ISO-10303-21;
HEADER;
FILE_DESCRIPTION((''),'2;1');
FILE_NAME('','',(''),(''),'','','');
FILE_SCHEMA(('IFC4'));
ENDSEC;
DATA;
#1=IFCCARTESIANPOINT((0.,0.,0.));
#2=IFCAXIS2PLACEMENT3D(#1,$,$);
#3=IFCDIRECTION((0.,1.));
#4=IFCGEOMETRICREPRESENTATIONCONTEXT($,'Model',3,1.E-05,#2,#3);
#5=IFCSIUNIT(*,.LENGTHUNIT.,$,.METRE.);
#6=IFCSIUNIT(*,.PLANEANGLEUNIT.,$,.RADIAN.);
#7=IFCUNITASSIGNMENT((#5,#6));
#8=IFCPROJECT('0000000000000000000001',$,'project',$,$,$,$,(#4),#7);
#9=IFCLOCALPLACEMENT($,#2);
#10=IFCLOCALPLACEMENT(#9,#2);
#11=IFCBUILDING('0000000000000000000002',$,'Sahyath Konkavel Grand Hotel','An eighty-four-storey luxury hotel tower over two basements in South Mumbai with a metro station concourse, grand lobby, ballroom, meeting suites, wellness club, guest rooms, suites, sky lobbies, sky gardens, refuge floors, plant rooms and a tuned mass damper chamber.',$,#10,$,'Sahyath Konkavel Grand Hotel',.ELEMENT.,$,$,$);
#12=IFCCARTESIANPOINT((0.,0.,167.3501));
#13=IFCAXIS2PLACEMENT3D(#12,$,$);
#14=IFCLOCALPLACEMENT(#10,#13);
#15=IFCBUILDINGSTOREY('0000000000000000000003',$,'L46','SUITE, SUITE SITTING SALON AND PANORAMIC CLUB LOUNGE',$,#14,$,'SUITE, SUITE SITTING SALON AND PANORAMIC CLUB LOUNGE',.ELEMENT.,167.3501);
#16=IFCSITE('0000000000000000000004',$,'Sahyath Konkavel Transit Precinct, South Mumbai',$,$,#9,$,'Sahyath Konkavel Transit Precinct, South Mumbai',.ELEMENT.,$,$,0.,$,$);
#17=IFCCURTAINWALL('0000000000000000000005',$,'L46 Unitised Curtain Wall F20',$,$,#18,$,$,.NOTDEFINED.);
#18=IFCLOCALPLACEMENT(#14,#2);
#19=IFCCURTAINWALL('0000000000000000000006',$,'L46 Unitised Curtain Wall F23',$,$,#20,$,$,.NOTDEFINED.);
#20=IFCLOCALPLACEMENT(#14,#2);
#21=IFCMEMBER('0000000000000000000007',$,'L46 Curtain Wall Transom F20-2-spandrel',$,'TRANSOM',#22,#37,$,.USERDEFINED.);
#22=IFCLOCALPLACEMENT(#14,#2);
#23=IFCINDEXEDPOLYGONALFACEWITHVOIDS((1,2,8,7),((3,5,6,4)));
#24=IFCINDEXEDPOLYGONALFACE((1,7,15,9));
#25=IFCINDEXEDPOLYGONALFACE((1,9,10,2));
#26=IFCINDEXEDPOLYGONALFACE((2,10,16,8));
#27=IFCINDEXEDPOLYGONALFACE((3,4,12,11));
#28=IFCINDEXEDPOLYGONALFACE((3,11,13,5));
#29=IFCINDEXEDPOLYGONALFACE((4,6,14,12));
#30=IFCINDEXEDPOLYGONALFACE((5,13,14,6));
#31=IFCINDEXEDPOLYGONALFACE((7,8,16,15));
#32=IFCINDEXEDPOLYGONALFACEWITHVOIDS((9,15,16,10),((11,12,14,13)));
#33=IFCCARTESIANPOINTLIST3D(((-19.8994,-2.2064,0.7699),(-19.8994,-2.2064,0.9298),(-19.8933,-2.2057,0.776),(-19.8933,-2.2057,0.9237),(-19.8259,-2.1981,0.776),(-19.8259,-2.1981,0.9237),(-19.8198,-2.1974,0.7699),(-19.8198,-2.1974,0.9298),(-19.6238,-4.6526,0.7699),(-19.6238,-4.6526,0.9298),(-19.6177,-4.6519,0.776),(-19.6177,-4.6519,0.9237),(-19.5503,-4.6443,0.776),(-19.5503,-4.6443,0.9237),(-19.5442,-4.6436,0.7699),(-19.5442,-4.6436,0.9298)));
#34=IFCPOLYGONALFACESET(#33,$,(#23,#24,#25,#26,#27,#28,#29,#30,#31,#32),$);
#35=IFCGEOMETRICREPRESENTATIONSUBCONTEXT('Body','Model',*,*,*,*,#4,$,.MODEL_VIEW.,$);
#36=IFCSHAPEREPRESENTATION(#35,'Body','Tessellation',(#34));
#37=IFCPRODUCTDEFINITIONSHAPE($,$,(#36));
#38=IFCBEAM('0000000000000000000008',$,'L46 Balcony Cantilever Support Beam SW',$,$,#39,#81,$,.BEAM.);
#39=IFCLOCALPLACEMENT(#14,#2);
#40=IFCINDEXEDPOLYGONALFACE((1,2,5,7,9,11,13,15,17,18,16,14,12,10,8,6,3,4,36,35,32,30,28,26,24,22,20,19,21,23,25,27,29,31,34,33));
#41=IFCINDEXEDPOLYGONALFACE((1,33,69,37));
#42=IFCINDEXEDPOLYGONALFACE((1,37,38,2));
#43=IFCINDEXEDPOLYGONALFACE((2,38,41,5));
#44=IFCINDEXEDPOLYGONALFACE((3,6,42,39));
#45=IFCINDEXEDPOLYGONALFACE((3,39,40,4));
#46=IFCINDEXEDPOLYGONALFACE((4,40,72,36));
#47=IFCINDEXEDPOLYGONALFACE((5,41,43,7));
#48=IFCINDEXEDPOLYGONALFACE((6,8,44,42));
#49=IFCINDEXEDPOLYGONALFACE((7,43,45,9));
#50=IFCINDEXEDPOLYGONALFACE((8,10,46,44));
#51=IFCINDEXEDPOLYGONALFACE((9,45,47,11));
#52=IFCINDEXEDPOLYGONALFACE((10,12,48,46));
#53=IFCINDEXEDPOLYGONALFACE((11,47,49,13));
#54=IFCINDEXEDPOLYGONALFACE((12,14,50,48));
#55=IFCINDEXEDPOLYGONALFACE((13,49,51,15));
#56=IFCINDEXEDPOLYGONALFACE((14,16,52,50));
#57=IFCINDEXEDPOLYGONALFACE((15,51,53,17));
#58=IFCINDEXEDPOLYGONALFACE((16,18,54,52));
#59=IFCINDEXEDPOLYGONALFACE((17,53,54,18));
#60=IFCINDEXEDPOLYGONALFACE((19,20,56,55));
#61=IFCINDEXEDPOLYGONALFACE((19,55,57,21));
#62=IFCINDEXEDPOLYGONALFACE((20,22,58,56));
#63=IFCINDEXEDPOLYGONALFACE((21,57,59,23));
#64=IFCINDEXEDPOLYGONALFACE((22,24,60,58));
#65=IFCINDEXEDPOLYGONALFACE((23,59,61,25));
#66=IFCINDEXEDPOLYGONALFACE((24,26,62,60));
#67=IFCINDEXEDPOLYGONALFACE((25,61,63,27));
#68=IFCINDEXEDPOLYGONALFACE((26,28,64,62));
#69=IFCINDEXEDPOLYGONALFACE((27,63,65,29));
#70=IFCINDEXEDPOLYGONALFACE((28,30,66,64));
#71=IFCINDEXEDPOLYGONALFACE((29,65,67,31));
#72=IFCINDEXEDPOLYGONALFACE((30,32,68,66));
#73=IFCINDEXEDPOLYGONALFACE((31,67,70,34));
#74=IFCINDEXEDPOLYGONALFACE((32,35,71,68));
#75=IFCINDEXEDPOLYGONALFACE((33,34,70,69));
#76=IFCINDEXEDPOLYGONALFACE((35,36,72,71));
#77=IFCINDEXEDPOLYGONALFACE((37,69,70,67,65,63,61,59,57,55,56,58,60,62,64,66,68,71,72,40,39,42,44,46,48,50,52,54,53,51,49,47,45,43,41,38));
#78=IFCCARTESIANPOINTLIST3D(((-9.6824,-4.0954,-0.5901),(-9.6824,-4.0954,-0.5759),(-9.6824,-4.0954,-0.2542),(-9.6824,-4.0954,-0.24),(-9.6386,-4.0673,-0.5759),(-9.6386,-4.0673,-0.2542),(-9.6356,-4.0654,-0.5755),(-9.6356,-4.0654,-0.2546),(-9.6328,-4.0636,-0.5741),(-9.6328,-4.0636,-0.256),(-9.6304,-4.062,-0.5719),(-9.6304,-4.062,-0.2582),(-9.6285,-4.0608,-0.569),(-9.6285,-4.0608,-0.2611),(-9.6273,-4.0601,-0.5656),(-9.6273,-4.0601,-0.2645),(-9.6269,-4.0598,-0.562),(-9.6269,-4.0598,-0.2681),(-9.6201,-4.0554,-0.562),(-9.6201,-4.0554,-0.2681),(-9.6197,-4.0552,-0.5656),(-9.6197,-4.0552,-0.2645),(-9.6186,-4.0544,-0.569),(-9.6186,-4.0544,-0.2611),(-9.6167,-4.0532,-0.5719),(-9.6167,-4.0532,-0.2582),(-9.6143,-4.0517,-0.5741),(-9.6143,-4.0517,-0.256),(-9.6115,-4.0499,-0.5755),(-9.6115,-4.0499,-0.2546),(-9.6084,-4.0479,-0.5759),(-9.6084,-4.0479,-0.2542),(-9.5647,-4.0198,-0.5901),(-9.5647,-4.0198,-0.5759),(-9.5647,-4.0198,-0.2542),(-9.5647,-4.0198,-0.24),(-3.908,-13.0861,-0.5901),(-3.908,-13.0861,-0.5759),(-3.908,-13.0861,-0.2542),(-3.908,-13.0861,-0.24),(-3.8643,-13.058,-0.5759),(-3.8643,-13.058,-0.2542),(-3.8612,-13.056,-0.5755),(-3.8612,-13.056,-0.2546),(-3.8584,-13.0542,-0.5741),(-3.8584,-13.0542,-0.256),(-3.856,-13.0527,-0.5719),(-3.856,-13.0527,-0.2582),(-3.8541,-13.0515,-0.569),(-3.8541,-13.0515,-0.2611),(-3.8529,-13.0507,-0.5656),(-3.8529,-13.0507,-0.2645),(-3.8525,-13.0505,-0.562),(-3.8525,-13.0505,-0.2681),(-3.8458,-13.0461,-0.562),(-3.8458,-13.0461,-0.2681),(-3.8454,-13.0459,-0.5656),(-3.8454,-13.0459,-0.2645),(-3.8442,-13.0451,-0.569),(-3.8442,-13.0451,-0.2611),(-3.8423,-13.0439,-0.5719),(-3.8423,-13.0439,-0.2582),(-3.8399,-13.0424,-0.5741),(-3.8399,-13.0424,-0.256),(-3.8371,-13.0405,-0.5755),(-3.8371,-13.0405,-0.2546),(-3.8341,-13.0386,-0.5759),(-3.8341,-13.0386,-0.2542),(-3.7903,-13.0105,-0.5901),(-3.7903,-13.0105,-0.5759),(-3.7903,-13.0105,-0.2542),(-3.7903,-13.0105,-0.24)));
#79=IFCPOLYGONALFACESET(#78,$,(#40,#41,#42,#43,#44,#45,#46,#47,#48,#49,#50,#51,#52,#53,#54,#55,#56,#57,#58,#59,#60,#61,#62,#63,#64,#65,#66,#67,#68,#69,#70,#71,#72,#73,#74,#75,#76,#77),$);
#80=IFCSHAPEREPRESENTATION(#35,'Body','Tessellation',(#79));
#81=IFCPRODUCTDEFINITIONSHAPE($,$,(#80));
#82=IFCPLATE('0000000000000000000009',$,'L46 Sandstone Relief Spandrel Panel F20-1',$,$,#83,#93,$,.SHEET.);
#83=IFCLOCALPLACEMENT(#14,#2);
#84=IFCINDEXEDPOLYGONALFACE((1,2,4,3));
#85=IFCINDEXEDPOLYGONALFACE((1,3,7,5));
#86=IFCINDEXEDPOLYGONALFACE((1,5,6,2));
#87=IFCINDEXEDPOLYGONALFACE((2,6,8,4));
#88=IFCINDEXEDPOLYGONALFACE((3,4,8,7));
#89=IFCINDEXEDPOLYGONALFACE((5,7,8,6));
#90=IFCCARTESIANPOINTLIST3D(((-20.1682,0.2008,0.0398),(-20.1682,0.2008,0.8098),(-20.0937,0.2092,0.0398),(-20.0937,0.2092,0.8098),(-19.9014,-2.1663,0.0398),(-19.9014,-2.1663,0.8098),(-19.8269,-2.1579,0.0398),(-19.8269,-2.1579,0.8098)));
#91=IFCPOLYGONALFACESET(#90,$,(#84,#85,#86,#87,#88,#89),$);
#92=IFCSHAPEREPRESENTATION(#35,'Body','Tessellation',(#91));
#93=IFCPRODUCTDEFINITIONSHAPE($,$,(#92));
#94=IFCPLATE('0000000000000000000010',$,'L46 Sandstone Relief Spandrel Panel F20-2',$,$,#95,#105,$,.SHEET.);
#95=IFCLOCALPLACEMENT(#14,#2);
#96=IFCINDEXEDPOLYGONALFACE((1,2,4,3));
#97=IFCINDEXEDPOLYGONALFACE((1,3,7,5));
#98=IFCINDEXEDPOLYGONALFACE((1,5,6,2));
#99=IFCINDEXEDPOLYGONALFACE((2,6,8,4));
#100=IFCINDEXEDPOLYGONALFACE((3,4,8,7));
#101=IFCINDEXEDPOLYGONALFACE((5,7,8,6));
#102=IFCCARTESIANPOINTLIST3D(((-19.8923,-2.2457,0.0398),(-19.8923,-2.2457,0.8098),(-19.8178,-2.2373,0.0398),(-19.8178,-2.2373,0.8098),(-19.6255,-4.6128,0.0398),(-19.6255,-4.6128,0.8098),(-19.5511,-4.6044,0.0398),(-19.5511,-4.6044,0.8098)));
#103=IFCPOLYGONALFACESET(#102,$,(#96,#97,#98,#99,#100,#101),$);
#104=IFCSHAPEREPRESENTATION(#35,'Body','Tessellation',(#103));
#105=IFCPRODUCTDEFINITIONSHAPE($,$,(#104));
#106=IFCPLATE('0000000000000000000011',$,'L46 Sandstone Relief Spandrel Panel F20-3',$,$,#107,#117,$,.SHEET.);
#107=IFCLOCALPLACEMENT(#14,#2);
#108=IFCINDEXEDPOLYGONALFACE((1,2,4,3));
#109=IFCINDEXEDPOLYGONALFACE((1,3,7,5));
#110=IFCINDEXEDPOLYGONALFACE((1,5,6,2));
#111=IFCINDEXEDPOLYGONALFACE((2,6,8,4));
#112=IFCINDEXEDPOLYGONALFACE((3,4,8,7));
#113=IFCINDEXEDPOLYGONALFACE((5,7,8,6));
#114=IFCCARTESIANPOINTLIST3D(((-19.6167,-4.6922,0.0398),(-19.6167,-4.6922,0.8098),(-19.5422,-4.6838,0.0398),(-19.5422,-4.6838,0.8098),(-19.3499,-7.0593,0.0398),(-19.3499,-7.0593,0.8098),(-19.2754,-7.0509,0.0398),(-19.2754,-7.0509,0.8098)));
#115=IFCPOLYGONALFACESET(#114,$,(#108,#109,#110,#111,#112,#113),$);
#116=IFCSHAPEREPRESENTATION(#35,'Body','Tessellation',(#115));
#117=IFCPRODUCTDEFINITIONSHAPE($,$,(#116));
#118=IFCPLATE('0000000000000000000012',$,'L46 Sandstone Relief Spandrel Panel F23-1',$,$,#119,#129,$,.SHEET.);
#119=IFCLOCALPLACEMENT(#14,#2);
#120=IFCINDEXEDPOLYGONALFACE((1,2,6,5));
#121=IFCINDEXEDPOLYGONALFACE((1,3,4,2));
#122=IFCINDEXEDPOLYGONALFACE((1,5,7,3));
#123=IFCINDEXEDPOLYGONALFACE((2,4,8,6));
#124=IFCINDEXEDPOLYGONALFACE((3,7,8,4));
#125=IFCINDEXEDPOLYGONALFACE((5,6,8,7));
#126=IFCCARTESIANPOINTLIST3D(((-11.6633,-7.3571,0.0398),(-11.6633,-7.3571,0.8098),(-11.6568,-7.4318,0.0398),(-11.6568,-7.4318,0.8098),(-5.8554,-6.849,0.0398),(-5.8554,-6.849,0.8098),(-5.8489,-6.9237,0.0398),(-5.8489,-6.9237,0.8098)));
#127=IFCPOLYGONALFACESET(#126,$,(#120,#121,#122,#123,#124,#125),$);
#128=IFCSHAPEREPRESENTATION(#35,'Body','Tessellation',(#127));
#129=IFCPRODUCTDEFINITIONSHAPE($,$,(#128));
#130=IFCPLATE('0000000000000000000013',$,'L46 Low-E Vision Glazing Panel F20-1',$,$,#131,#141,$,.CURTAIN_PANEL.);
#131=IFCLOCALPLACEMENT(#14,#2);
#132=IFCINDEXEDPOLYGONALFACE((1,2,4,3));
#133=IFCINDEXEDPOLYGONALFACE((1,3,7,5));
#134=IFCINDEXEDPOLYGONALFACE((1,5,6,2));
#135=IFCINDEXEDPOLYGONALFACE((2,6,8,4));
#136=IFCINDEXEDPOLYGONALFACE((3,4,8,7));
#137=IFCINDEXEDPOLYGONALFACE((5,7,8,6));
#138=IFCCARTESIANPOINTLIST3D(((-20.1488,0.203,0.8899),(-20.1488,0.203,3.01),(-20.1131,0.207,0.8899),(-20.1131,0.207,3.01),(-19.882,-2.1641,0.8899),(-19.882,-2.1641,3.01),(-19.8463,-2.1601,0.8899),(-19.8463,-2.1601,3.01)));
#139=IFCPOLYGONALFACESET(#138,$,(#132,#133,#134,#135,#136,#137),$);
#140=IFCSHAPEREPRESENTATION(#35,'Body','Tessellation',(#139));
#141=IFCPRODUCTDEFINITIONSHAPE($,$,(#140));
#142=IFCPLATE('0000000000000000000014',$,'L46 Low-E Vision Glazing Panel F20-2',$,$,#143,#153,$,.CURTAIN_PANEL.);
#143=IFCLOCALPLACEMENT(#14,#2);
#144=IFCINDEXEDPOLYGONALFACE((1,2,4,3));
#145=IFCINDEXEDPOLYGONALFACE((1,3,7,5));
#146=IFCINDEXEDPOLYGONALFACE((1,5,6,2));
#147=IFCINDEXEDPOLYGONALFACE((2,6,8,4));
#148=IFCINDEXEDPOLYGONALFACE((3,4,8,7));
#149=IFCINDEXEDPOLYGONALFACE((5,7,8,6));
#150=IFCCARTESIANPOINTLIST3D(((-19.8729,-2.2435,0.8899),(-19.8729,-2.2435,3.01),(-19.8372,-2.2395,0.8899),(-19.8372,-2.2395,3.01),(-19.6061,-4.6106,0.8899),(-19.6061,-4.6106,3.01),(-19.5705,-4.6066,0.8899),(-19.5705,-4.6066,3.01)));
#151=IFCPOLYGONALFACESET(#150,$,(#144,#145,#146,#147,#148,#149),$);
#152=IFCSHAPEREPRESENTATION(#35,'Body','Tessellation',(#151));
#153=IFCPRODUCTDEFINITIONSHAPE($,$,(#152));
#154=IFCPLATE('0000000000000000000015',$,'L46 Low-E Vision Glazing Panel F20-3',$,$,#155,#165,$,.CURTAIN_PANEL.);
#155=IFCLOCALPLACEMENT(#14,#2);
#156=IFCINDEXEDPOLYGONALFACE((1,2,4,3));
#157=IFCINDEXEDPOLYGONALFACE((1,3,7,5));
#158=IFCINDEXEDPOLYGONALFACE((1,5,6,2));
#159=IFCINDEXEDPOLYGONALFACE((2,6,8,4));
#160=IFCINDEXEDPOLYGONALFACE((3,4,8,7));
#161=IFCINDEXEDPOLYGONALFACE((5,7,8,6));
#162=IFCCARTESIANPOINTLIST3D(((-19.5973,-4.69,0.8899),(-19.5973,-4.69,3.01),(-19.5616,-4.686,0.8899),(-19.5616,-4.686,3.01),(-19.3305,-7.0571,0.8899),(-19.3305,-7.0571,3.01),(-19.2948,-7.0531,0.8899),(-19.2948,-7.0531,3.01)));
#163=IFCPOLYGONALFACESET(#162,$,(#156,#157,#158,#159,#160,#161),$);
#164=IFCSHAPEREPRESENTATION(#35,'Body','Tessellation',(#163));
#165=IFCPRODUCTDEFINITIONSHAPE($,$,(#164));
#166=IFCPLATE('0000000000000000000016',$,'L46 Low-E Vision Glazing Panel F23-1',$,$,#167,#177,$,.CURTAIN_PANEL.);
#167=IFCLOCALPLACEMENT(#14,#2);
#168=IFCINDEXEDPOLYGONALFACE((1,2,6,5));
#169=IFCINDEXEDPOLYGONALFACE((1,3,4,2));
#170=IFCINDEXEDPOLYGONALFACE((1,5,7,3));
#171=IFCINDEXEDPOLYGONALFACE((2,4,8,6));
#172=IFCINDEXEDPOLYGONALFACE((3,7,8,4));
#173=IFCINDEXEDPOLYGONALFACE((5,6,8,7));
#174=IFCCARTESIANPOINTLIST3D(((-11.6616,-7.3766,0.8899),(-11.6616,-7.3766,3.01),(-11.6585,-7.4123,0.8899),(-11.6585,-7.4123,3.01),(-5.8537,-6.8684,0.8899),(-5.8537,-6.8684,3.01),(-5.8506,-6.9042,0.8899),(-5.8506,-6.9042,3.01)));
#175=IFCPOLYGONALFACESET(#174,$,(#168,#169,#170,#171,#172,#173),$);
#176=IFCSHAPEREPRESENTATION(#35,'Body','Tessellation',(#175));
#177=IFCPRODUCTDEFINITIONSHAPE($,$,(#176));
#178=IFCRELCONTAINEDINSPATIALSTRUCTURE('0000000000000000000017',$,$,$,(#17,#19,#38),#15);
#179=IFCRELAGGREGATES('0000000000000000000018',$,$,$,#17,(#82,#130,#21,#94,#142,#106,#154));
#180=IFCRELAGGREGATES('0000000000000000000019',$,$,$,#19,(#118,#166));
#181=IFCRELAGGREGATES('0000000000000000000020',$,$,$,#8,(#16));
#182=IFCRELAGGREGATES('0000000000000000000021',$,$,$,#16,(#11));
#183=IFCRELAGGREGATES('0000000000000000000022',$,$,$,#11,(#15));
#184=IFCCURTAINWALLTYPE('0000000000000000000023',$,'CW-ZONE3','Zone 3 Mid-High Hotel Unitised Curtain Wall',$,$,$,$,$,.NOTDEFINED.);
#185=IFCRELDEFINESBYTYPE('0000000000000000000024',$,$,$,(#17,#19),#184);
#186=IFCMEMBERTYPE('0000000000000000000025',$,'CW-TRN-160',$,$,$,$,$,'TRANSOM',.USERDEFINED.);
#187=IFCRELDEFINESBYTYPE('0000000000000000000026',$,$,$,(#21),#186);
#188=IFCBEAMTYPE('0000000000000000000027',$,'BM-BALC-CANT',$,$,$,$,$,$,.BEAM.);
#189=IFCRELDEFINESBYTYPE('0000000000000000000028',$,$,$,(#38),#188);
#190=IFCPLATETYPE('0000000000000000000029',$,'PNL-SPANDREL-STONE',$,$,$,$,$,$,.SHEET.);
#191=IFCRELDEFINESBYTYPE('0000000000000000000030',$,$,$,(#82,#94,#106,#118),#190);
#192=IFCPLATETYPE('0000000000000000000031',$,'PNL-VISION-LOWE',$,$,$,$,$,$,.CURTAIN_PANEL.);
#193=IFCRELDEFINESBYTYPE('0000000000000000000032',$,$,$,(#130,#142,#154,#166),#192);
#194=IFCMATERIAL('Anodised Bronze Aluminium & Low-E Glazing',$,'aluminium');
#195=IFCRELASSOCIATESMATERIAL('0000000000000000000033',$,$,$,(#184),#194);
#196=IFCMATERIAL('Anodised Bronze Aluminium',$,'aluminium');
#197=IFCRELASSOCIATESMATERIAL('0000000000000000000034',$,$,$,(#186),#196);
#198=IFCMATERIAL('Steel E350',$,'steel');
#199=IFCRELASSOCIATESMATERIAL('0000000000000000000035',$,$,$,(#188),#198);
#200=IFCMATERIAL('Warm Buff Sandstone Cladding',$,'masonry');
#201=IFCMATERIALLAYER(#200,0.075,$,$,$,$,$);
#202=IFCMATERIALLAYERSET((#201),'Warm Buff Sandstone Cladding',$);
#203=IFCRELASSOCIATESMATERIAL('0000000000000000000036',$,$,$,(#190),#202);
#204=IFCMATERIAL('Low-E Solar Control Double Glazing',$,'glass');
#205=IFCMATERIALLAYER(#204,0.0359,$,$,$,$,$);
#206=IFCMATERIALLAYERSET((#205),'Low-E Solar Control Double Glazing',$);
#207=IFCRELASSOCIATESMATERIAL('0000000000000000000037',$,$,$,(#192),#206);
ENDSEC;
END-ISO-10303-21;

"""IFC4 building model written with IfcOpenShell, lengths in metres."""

from ifc_helpers import new_model, si_unit, direction, frame, origin, origin_2d, place, context, subcontext, project, spatial, rectangle, hollow_rectangle, i_section, extrude, source, transform, mapped, material, layer, layer_set, material_profile, profile_set, type_object, element, aggregate, save


model = new_model("IFC4")

# Units and contexts
model_context = context("Model", 3, precision=1e-05, world=origin(), true_north=direction((0.0, 1.0)))
body_context = subcontext(model_context, "Body", "Model", "MODEL_VIEW")
ifc_project = project(units=[si_unit("LENGTHUNIT", "METRE"), si_unit("PLANEANGLEUNIT", "RADIAN")], contexts=[model_context])

# Site, building, storey
site_placement = place(None, origin())
site = spatial("IfcSite", under=ifc_project, at=site_placement, Name="Sahyath Konkavel Transit Precinct, South Mumbai", LongName="Sahyath Konkavel Transit Precinct, South Mumbai", CompositionType="ELEMENT", RefElevation=0.0)
building_placement = place(site_placement, origin())
building = spatial("IfcBuilding", under=site, at=building_placement, Name="Sahyath Konkavel Grand Hotel", Description="An eighty-four-storey luxury hotel tower over two basements in South Mumbai with a metro station concourse, grand lobby, ballroom, meeting suites, wellness club, guest rooms, suites, sky lobbies, sky gardens, refuge floors, plant rooms and a tuned mass damper chamber.", LongName="Sahyath Konkavel Grand Hotel", CompositionType="ELEMENT")
storey_placement = place(building_placement, frame((0.0, 0.0, 167.3501)))
storey = spatial("IfcBuildingStorey", under=building, at=storey_placement, Name="L46", Description="SUITE, SUITE SITTING SALON AND PANORAMIC CLUB LOUNGE", LongName="SUITE, SUITE SITTING SALON AND PANORAMIC CLUB LOUNGE", CompositionType="ELEMENT", Elevation=167.3501)

# Shared definitions
ifc_material_1 = material(Name="Steel E350", Category="steel")

# Curtain wall
ifc_material_2 = material(Name="Anodised Bronze Aluminium & Low-E Glazing", Category="aluminium")
curtain_wall_type = type_object("IfcCurtainWallType", Name="CW-ZONE3", Description="Zone 3 Mid-High Hotel Unitised Curtain Wall", PredefinedType="NOTDEFINED", material=ifc_material_2)
curtain_wall_1_placement = place(storey_placement, origin())
curtain_wall_1 = element("IfcCurtainWall", 1, at=curtain_wall_1_placement, inside=storey, type_object=curtain_wall_type, Name="L46 Unitised Curtain Wall F20", PredefinedType="NOTDEFINED")
ifc_material_3 = material(Name="Anodised Bronze Aluminium", Category="aluminium")

# Curtain wall
curtain_wall_2_placement = place(storey_placement, origin())
curtain_wall_2 = element("IfcCurtainWall", 2, at=curtain_wall_2_placement, inside=storey, type_object=curtain_wall_type, Name="L46 Unitised Curtain Wall F23", PredefinedType="NOTDEFINED")

# Member
ifc_material_profile_1 = material_profile(ifc_material_3, hollow_rectangle(XDim=0.0801, YDim=0.1599, WallThickness=0.0061, at=origin_2d()), Name="RHS 160x80x6")
ifc_profile_set_1 = profile_set([ifc_material_profile_1], Name="Anodised Bronze Aluminium")
member_type_1 = type_object("IfcMemberType", Name="CW-TRN-160", ElementType="TRANSOM", PredefinedType="USERDEFINED", material=ifc_profile_set_1)
shared_shape_1 = source(origin(), body_context, "Body", "SweptSolid", [
    extrude(hollow_rectangle(XDim=0.0801, YDim=0.1599, WallThickness=0.0061, at=origin_2d()), origin(), (0.0, 0.0, 1.0), 2.4617),
])
member_1_placement = place(storey_placement, frame((-19.8596, -2.2019, 0.8499), z_axis=(0.111966, -0.993712, 0.0), x_axis=(0.993712, 0.111966, 0.0)))
member_1 = element("IfcMember", 3, at=member_1_placement, type_object=member_type_1, Name="L46 Curtain Wall Transom F20-2-spandrel", ObjectType="TRANSOM", PredefinedType="USERDEFINED", context=body_context, shape_type="MappedRepresentation", body=[
    mapped(shared_shape_1, transform((0.0, 0.0, 0.0), scale=1.0)),
])

# Beam
ifc_material_profile_2 = material_profile(ifc_material_1, i_section(OverallWidth=0.1399, OverallDepth=0.3501, WebThickness=0.0081, FlangeThickness=0.0142, FilletRadius=0.0139, at=origin_2d()), Name="ISMB 350")
ifc_profile_set_2 = profile_set([ifc_material_profile_2], Name="Steel E350")
beam_type_1 = type_object("IfcBeamType", Name="BM-BALC-CANT", PredefinedType="BEAM", material=ifc_profile_set_2)
shared_shape_2 = source(origin(), body_context, "Body", "SweptSolid", [
    extrude(i_section(OverallWidth=0.1399, OverallDepth=0.3501, WebThickness=0.0081, FlangeThickness=0.0142, FilletRadius=0.0139, at=origin_2d()), origin(), (0.0, 0.0, 1.0), 10.6853),
])
beam_1_placement = place(storey_placement, frame((-9.6235, -4.0576, -0.415), z_axis=(0.540404, -0.841406, 0.0), x_axis=(0.841406, 0.540404, 0.0)))
element("IfcBeam", 4, at=beam_1_placement, inside=storey, type_object=beam_type_1, Name="L46 Balcony Cantilever Support Beam SW", PredefinedType="BEAM", context=body_context, shape_type="MappedRepresentation", body=[
    mapped(shared_shape_2, transform((0.0, 0.0, 0.0), scale=1.0)),
])

# Plates
ifc_material_4 = material(Name="Warm Buff Sandstone Cladding", Category="masonry")
ifc_layer_1 = layer(ifc_material_4, 0.075)
ifc_layer_set_1 = layer_set([ifc_layer_1], Name="Warm Buff Sandstone Cladding")
plate_type_1 = type_object("IfcPlateType", Name="PNL-SPANDREL-STONE", PredefinedType="SHEET", material=ifc_layer_set_1)
shared_shape_3 = source(origin(), body_context, "Body", "SweptSolid", [
    extrude(rectangle(XDim=2.3821, YDim=0.075, at=origin_2d()), origin(), (0.0, 0.0, 1.0), 0.77),
])
plate_1_placement = place(storey_placement, frame((-19.9976, -0.9785, 0.0398), z_axis=(0.0, 0.0, 1.0), x_axis=(0.111989, -0.993709, 0.0)))
plate_1 = element("IfcPlate", 5, at=plate_1_placement, type_object=plate_type_1, Name="L46 Sandstone Relief Spandrel Panel F20-1", PredefinedType="SHEET", context=body_context, shape_type="MappedRepresentation", body=[
    mapped(shared_shape_3, transform((0.0, 0.0, 0.0), scale=1.0)),
])
plate_2_placement = place(storey_placement, frame((-19.7217, -3.425, 0.0398), z_axis=(0.0, 0.0, 1.0), x_axis=(0.111989, -0.993709, 0.0)))
plate_2 = element("IfcPlate", 6, at=plate_2_placement, type_object=plate_type_1, Name="L46 Sandstone Relief Spandrel Panel F20-2", PredefinedType="SHEET", context=body_context, shape_type="MappedRepresentation", body=[
    mapped(shared_shape_3, transform((0.0, 0.0, 0.0), scale=1.0)),
])
plate_3_placement = place(storey_placement, frame((-19.446, -5.8716, 0.0398), z_axis=(0.0, 0.0, 1.0), x_axis=(0.111989, -0.993709, 0.0)))
plate_3 = element("IfcPlate", 7, at=plate_3_placement, type_object=plate_type_1, Name="L46 Sandstone Relief Spandrel Panel F20-3", PredefinedType="SHEET", context=body_context, shape_type="MappedRepresentation", body=[
    mapped(shared_shape_3, transform((0.0, 0.0, 0.0), scale=1.0)),
])
shared_shape_4 = source(origin(), body_context, "Body", "SweptSolid", [
    extrude(rectangle(XDim=5.8301, YDim=0.075, at=origin_2d()), origin(), (0.0, 0.0, 1.0), 0.77),
])
plate_4_placement = place(storey_placement, frame((-8.7561, -7.1404, 0.0398), z_axis=(0.0, 0.0, 1.0), x_axis=(0.996195, 0.087156, 0.0)))
plate_4 = element("IfcPlate", 8, at=plate_4_placement, type_object=plate_type_1, Name="L46 Sandstone Relief Spandrel Panel F23-1", PredefinedType="SHEET", context=body_context, shape_type="MappedRepresentation", body=[
    mapped(shared_shape_4, transform((0.0, 0.0, 0.0), scale=1.0)),
])
ifc_material_5 = material(Name="Low-E Solar Control Double Glazing", Category="glass")
ifc_layer_2 = layer(ifc_material_5, 0.0359)
ifc_layer_set_2 = layer_set([ifc_layer_2], Name="Low-E Solar Control Double Glazing")
plate_type_2 = type_object("IfcPlateType", Name="PNL-VISION-LOWE", PredefinedType="CURTAIN_PANEL", material=ifc_layer_set_2)
shared_shape_5 = source(origin(), body_context, "Body", "SweptSolid", [
    extrude(rectangle(XDim=2.3821, YDim=0.0359, at=origin_2d()), origin(), (0.0, 0.0, 1.0), 2.1201),
])
plate_5_placement = place(storey_placement, frame((-19.9976, -0.9785, 0.8899), z_axis=(0.0, 0.0, 1.0), x_axis=(0.111989, -0.993709, 0.0)))
plate_5 = element("IfcPlate", 9, at=plate_5_placement, type_object=plate_type_2, Name="L46 Low-E Vision Glazing Panel F20-1", PredefinedType="CURTAIN_PANEL", context=body_context, shape_type="MappedRepresentation", body=[
    mapped(shared_shape_5, transform((0.0, 0.0, 0.0), scale=1.0)),
])
plate_6_placement = place(storey_placement, frame((-19.7217, -3.425, 0.8899), z_axis=(0.0, 0.0, 1.0), x_axis=(0.111989, -0.993709, 0.0)))
plate_6 = element("IfcPlate", 10, at=plate_6_placement, type_object=plate_type_2, Name="L46 Low-E Vision Glazing Panel F20-2", PredefinedType="CURTAIN_PANEL", context=body_context, shape_type="MappedRepresentation", body=[
    mapped(shared_shape_5, transform((0.0, 0.0, 0.0), scale=1.0)),
])
plate_7_placement = place(storey_placement, frame((-19.446, -5.8716, 0.8899), z_axis=(0.0, 0.0, 1.0), x_axis=(0.111989, -0.993709, 0.0)))
plate_7 = element("IfcPlate", 11, at=plate_7_placement, type_object=plate_type_2, Name="L46 Low-E Vision Glazing Panel F20-3", PredefinedType="CURTAIN_PANEL", context=body_context, shape_type="MappedRepresentation", body=[
    mapped(shared_shape_5, transform((0.0, 0.0, 0.0), scale=1.0)),
])
aggregate(curtain_wall_1, [plate_1, plate_5, member_1, plate_2, plate_6, plate_3, plate_7])
shared_shape_6 = source(origin(), body_context, "Body", "SweptSolid", [
    extrude(rectangle(XDim=5.8301, YDim=0.0359, at=origin_2d()), origin(), (0.0, 0.0, 1.0), 2.1201),
])
plate_8_placement = place(storey_placement, frame((-8.7561, -7.1404, 0.8899), z_axis=(0.0, 0.0, 1.0), x_axis=(0.996195, 0.087156, 0.0)))
plate_8 = element("IfcPlate", 12, at=plate_8_placement, type_object=plate_type_2, Name="L46 Low-E Vision Glazing Panel F23-1", PredefinedType="CURTAIN_PANEL", context=body_context, shape_type="MappedRepresentation", body=[
    mapped(shared_shape_6, transform((0.0, 0.0, 0.0), scale=1.0)),
])
aggregate(curtain_wall_2, [plate_4, plate_8])

save(model, "model.ifc")
